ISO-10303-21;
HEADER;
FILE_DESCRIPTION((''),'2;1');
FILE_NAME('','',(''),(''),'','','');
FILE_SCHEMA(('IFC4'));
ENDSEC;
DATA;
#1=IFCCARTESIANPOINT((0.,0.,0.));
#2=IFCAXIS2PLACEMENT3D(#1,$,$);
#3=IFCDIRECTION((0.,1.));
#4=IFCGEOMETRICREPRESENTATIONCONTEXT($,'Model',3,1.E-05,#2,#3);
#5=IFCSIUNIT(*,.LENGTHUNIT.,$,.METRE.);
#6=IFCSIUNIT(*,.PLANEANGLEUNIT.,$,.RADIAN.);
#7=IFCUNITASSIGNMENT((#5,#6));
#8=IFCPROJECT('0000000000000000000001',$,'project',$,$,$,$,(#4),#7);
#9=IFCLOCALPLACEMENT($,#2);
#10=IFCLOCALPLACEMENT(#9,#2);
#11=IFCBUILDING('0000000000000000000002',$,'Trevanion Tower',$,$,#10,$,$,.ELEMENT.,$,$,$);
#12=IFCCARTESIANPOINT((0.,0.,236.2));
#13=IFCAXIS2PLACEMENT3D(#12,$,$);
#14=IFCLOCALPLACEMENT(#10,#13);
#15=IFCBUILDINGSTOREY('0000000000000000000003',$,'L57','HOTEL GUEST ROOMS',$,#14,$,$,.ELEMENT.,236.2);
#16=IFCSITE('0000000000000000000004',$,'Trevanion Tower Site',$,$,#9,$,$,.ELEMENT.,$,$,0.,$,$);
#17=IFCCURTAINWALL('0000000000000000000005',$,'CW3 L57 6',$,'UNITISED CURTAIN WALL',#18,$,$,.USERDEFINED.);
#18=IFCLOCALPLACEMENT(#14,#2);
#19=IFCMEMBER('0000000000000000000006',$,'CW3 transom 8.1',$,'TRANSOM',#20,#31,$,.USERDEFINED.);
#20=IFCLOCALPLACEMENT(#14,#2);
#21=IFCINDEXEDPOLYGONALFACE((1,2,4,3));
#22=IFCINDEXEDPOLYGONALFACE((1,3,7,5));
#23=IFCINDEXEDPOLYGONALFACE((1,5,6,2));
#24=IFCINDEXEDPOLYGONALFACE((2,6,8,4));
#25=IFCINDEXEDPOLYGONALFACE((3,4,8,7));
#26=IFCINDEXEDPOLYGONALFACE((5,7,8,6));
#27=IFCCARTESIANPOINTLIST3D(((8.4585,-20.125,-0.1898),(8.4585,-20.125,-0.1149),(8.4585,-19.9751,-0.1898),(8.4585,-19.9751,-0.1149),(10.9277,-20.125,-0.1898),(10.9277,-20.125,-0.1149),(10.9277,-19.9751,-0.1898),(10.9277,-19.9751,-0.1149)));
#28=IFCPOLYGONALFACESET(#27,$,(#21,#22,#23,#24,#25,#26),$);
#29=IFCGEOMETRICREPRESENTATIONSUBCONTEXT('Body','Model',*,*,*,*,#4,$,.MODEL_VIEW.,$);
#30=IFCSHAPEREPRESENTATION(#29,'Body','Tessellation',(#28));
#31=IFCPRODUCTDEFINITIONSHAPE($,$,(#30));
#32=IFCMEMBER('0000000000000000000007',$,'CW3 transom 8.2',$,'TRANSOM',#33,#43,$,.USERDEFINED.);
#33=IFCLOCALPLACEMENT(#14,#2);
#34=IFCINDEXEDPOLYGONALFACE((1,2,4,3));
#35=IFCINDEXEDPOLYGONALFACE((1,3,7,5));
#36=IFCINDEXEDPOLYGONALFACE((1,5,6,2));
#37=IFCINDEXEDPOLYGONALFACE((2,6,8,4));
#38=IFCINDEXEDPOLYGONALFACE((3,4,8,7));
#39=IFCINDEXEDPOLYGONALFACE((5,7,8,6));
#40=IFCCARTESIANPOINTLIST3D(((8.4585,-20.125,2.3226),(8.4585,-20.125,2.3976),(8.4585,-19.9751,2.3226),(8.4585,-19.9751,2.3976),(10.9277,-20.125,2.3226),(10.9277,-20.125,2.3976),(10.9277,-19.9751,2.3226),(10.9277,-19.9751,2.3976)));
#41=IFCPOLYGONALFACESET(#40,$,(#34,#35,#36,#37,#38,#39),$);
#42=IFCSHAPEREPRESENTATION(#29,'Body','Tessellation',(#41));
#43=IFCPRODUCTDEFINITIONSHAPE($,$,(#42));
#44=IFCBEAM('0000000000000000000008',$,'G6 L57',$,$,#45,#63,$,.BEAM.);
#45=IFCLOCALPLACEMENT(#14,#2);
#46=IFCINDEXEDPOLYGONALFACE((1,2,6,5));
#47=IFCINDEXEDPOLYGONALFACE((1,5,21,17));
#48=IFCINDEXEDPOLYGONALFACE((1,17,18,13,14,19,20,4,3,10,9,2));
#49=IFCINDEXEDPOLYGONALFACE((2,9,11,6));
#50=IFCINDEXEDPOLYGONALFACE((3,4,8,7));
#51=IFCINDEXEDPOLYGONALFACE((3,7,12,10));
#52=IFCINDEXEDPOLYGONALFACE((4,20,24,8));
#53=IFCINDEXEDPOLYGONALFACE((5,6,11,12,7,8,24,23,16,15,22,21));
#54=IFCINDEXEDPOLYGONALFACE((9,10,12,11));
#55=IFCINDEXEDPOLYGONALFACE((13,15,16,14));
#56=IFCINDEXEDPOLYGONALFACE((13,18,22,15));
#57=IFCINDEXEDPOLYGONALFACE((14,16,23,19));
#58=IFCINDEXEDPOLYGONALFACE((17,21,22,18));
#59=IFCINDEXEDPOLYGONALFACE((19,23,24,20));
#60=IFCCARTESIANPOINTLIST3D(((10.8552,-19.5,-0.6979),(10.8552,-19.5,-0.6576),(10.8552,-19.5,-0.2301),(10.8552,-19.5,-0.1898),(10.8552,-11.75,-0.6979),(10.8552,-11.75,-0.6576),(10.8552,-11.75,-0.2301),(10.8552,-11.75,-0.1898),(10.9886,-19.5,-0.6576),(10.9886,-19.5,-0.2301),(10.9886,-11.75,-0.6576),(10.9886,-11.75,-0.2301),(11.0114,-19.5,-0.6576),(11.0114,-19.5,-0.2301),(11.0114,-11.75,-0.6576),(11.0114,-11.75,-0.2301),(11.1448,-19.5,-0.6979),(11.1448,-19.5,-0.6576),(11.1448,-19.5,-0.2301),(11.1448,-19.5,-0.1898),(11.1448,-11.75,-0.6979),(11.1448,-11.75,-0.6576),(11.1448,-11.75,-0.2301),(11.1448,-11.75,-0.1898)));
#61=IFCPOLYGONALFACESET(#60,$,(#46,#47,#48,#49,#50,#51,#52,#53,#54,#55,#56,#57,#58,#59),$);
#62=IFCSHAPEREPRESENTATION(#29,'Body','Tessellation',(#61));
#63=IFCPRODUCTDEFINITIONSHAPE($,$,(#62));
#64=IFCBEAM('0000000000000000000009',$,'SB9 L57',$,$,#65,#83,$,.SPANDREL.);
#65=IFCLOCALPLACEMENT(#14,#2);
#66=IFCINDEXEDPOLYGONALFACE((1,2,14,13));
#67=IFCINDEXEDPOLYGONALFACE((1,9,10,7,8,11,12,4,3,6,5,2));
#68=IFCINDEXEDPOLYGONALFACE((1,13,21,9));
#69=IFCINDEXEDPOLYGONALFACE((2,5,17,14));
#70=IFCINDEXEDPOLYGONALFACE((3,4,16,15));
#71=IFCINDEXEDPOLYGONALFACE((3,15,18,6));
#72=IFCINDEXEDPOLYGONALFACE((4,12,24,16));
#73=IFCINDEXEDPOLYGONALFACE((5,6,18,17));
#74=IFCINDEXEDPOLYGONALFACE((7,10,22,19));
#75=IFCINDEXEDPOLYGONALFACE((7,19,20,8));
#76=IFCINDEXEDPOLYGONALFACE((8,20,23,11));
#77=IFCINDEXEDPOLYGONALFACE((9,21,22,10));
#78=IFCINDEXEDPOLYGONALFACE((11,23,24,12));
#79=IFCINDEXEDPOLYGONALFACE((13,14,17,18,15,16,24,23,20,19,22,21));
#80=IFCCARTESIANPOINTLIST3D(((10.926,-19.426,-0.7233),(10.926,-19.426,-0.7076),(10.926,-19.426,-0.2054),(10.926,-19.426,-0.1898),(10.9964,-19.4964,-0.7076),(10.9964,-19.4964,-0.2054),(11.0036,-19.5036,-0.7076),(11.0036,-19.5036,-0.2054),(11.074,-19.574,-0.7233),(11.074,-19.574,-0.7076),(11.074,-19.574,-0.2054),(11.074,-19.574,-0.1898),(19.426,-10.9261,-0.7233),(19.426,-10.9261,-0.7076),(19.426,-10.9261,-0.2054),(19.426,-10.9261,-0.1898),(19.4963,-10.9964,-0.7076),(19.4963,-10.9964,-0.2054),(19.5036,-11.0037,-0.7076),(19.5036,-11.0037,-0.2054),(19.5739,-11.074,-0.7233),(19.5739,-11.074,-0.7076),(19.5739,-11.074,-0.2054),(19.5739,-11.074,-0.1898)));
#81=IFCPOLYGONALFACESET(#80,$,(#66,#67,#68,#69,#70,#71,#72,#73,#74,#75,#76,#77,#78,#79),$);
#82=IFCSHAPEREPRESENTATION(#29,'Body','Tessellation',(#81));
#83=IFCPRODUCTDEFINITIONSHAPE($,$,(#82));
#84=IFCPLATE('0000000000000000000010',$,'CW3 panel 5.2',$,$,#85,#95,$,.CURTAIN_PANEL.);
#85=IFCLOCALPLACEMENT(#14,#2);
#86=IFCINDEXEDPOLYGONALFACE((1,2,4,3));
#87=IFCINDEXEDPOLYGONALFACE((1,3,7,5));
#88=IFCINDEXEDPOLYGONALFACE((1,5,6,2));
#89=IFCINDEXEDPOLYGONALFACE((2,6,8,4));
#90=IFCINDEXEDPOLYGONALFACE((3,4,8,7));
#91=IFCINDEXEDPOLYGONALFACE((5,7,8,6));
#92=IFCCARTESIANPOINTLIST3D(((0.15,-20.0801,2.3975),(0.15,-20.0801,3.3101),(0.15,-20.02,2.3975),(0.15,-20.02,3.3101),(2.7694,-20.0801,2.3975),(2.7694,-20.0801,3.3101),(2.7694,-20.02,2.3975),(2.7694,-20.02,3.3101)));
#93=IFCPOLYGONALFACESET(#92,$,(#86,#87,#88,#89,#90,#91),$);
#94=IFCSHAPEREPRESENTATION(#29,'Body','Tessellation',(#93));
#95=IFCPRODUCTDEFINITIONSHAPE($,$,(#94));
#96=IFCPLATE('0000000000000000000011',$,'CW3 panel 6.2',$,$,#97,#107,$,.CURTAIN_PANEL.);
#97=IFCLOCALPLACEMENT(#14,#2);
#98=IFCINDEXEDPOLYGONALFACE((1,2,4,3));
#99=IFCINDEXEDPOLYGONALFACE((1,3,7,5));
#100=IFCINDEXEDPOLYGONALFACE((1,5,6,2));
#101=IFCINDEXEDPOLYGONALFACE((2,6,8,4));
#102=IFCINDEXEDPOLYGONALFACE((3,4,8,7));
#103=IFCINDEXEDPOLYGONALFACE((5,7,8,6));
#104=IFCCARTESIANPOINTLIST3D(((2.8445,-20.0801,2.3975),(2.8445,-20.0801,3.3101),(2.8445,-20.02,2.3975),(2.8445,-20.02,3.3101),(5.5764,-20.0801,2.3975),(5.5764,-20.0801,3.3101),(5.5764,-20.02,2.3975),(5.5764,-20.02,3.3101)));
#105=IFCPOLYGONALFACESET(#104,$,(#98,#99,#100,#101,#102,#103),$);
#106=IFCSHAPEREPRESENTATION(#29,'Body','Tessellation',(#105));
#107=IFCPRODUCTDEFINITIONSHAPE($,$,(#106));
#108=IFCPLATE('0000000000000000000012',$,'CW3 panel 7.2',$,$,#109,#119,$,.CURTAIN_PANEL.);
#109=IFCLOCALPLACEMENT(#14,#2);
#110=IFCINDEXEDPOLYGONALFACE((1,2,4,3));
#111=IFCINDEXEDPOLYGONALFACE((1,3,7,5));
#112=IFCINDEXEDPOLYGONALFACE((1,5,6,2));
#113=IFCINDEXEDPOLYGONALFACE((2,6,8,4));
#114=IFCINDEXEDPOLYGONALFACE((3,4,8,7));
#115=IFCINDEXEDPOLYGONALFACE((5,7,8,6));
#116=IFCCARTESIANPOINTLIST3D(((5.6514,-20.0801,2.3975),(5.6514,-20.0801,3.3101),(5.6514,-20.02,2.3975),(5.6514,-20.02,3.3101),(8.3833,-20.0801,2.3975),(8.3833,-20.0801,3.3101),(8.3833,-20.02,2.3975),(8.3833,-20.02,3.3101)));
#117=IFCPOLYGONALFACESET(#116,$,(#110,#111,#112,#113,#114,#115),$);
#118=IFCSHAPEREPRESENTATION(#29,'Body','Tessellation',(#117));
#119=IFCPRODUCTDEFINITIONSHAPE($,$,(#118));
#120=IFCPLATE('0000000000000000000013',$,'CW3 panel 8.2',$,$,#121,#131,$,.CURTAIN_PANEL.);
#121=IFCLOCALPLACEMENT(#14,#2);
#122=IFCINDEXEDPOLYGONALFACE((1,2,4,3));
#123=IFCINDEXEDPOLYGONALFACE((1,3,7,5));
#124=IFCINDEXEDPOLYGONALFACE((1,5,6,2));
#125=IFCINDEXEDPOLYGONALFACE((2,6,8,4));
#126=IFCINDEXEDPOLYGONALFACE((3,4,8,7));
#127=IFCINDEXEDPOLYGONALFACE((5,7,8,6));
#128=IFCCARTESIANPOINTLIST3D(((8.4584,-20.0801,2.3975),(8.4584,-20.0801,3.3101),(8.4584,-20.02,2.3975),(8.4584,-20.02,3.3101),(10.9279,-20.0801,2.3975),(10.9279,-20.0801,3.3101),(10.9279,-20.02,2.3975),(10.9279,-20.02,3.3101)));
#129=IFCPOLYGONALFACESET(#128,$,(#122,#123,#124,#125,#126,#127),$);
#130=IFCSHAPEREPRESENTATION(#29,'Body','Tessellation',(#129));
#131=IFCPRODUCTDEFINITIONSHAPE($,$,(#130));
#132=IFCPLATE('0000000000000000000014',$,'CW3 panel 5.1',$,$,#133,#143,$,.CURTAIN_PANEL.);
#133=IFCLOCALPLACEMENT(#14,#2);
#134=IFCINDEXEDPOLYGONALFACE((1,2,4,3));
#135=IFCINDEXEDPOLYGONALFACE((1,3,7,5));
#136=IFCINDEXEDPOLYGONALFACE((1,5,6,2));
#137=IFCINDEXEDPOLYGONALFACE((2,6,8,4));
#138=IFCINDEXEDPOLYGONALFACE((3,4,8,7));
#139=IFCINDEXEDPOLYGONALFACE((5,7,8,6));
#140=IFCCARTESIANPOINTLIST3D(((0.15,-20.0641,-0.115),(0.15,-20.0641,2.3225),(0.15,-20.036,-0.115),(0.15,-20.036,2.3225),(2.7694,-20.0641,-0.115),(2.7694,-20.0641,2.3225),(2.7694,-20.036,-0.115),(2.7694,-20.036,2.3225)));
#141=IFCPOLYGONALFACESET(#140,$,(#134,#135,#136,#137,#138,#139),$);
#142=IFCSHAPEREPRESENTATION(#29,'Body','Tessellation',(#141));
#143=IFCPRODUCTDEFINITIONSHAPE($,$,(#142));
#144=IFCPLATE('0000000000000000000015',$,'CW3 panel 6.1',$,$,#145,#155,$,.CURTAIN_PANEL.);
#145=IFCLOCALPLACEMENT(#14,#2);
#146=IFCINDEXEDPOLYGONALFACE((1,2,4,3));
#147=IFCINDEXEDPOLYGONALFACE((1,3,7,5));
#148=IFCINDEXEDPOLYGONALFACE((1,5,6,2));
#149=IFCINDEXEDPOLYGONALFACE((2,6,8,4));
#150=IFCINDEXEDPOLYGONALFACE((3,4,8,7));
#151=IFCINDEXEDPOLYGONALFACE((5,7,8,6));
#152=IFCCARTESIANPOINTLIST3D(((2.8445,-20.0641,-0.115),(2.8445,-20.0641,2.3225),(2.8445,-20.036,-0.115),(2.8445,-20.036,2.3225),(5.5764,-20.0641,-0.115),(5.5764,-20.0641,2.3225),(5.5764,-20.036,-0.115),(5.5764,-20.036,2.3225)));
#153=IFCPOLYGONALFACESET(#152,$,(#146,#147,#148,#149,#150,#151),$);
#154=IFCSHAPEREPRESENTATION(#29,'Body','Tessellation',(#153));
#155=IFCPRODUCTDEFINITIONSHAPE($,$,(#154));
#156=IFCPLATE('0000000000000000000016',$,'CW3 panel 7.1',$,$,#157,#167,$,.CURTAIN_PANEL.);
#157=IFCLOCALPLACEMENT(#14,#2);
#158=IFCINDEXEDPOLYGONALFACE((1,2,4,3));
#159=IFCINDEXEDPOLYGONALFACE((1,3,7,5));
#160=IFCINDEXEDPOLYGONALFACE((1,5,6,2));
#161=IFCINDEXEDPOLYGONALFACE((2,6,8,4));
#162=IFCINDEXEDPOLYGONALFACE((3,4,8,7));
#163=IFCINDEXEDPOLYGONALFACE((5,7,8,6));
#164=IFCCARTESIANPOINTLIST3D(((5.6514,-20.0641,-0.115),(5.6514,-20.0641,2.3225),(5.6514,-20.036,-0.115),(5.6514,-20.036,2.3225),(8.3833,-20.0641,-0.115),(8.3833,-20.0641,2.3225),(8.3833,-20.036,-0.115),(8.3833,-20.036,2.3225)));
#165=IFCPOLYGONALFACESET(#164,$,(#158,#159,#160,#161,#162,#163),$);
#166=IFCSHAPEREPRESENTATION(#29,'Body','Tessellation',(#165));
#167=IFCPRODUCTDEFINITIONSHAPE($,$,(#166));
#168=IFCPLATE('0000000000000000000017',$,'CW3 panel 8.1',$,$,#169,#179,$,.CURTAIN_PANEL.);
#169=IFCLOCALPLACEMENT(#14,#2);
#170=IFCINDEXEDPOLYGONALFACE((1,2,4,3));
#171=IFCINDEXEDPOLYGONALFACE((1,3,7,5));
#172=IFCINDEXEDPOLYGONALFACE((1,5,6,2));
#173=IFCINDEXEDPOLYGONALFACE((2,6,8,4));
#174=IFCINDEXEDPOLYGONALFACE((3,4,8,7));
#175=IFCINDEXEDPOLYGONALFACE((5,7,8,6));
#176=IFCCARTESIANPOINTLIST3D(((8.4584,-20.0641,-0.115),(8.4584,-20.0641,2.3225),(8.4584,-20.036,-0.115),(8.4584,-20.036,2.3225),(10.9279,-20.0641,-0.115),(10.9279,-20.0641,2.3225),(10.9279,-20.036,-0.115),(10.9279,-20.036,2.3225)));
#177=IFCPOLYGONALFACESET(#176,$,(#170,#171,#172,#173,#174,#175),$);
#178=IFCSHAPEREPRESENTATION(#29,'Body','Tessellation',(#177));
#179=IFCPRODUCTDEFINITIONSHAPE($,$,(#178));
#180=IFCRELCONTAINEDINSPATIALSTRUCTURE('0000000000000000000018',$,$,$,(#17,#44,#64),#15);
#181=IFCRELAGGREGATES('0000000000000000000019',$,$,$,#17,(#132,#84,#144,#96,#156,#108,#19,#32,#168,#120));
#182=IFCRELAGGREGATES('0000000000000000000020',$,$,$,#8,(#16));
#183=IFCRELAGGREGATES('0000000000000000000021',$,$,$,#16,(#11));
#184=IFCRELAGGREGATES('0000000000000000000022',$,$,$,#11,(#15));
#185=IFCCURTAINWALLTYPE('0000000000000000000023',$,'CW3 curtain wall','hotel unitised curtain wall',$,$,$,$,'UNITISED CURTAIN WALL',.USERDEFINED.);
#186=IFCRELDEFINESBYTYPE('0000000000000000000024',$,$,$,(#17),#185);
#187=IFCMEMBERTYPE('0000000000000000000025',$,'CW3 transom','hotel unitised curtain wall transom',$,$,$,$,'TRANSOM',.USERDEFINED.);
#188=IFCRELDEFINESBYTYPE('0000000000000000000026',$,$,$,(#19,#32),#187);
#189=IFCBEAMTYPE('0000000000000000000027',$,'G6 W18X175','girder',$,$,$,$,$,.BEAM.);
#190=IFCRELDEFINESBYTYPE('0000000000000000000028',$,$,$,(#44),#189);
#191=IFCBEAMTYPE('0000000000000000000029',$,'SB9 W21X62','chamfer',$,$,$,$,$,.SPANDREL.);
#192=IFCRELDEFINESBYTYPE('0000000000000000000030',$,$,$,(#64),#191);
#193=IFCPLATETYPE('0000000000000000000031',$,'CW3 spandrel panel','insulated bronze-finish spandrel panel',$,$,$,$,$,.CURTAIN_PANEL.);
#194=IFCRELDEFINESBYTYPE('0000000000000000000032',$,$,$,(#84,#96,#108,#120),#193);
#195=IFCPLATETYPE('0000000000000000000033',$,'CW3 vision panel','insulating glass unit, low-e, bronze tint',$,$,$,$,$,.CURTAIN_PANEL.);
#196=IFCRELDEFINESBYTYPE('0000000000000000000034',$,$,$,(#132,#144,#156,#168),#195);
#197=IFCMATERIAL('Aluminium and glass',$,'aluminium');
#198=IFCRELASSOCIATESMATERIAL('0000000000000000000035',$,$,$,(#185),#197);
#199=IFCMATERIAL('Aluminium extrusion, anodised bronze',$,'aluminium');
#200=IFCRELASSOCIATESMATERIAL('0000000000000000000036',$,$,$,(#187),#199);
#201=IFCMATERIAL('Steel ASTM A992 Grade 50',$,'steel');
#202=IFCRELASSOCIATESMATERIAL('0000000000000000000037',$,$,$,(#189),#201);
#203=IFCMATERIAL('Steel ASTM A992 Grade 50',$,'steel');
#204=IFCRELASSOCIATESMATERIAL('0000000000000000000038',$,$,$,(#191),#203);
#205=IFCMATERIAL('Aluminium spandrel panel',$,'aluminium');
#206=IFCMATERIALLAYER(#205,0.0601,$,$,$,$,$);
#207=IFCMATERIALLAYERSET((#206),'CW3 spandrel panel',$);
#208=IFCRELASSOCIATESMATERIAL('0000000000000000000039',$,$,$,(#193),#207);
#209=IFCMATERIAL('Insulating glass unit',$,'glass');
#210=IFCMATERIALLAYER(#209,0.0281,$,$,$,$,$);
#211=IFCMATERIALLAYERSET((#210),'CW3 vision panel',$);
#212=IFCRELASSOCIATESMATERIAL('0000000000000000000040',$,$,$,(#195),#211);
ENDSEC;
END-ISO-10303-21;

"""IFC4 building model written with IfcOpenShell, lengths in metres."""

from ifc_helpers import new_model, si_unit, direction, frame, origin, origin_2d, place, context, subcontext, project, spatial, rectangle, i_section, extrude, material, layer, layer_set, material_profile, profile_set, type_object, element, aggregate, save


model = new_model("IFC4")

# Units and contexts
model_context = context("Model", 3, precision=1e-05, world=origin(), true_north=direction((0.0, 1.0)))
body_context = subcontext(model_context, "Body", "Model", "MODEL_VIEW")
ifc_project = project(units=[si_unit("LENGTHUNIT", "METRE"), si_unit("PLANEANGLEUNIT", "RADIAN")], contexts=[model_context])

# Site, building, storey
site_placement = place(None, origin())
site = spatial("IfcSite", under=ifc_project, at=site_placement, Name="Trevanion Tower Site", CompositionType="ELEMENT", RefElevation=0.0)
building_placement = place(site_placement, origin())
building = spatial("IfcBuilding", under=site, at=building_placement, Name="Trevanion Tower", CompositionType="ELEMENT")
storey_placement = place(building_placement, frame((0.0, 0.0, 236.2)))
storey = spatial("IfcBuildingStorey", under=building, at=storey_placement, Name="L57", Description="HOTEL GUEST ROOMS", CompositionType="ELEMENT", Elevation=236.2)

# Curtain wall, members
ifc_material_1 = material(Name="Aluminium and glass", Category="aluminium")
curtain_wall_type = type_object("IfcCurtainWallType", Name="CW3 curtain wall", Description="hotel unitised curtain wall", ElementType="UNITISED CURTAIN WALL", PredefinedType="USERDEFINED", material=ifc_material_1)
curtain_wall_placement = place(storey_placement, origin())
curtain_wall = element("IfcCurtainWall", 1, at=curtain_wall_placement, inside=storey, type_object=curtain_wall_type, Name="CW3 L57 6", ObjectType="UNITISED CURTAIN WALL", PredefinedType="USERDEFINED")
ifc_material_2 = material(Name="Aluminium extrusion, anodised bronze", Category="aluminium")
ifc_material_profile_1 = material_profile(ifc_material_2, rectangle(XDim=0.1499, YDim=0.075, at=origin_2d()), Name="CW3 transom")
ifc_profile_set_1 = profile_set([ifc_material_profile_1], Name="Aluminium extrusion, anodised bronze")
member_type_1 = type_object("IfcMemberType", Name="CW3 transom", Description="hotel unitised curtain wall transom", ElementType="TRANSOM", PredefinedType="USERDEFINED", material=ifc_profile_set_1)
member_1_placement = place(storey_placement, frame((8.4585, -20.05, -0.1523), z_axis=(1.0, 0.0, 0.0), x_axis=(0.0, 1.0, 0.0)))
member_1 = element("IfcMember", 2, at=member_1_placement, type_object=member_type_1, Name="CW3 transom 8.1", ObjectType="TRANSOM", PredefinedType="USERDEFINED", context=body_context, shape_type="SweptSolid", body=[
    extrude(rectangle(XDim=0.1499, YDim=0.075, at=origin_2d()), origin(), (0.0, 0.0, 1.0), 2.4692),
])
member_2_placement = place(storey_placement, frame((8.4585, -20.05, 2.3601), z_axis=(1.0, 0.0, 0.0), x_axis=(0.0, 1.0, 0.0)))
member_2 = element("IfcMember", 3, at=member_2_placement, type_object=member_type_1, Name="CW3 transom 8.2", ObjectType="TRANSOM", PredefinedType="USERDEFINED", context=body_context, shape_type="SweptSolid", body=[
    extrude(rectangle(XDim=0.1499, YDim=0.075, at=origin_2d()), origin(), (0.0, 0.0, 1.0), 2.4692),
])

# Beams
ifc_material_3 = material(Name="Steel ASTM A992 Grade 50", Category="steel")
ifc_material_profile_2 = material_profile(ifc_material_3, i_section(OverallWidth=0.2896, OverallDepth=0.5081, WebThickness=0.0227, FlangeThickness=0.0403, at=origin_2d()), Name="W18X175")
ifc_profile_set_2 = profile_set([ifc_material_profile_2], Name="Steel ASTM A992 Grade 50")
beam_type_1 = type_object("IfcBeamType", Name="G6 W18X175", Description="girder", PredefinedType="BEAM", material=ifc_profile_set_2)
beam_1_placement = place(storey_placement, frame((11.0, -11.75, -0.4438), z_axis=(0.0, -1.0, 0.0), x_axis=(1.0, 0.0, 0.0)))
element("IfcBeam", 4, at=beam_1_placement, inside=storey, type_object=beam_type_1, Name="G6 L57", PredefinedType="BEAM", context=body_context, shape_type="SweptSolid", body=[
    extrude(i_section(OverallWidth=0.2896, OverallDepth=0.5081, WebThickness=0.0227, FlangeThickness=0.0403, at=origin_2d()), origin(), (0.0, 0.0, 1.0), 7.75),
])
ifc_material_4 = material(Name="Steel ASTM A992 Grade 50", Category="steel")
ifc_material_profile_3 = material_profile(ifc_material_4, i_section(OverallWidth=0.2092, OverallDepth=0.5334, WebThickness=0.0103, FlangeThickness=0.0156, at=origin_2d()), Name="W21X62")
ifc_profile_set_3 = profile_set([ifc_material_profile_3], Name="Steel ASTM A992 Grade 50")
beam_type_2 = type_object("IfcBeamType", Name="SB9 W21X62", Description="chamfer", PredefinedType="SPANDREL", material=ifc_profile_set_3)
beam_2_placement = place(storey_placement, frame((11.0, -19.5, -0.4565), z_axis=(0.707107, 0.707107, 0.0), x_axis=(-0.707107, 0.707107, 0.0)))
element("IfcBeam", 5, at=beam_2_placement, inside=storey, type_object=beam_type_2, Name="SB9 L57", PredefinedType="SPANDREL", context=body_context, shape_type="SweptSolid", body=[
    extrude(i_section(OverallWidth=0.2092, OverallDepth=0.5334, WebThickness=0.0103, FlangeThickness=0.0156, at=origin_2d()), origin(), (0.0, 0.0, 1.0), 12.0208),
])

# Plates
ifc_material_5 = material(Name="Aluminium spandrel panel", Category="aluminium")
ifc_layer_1 = layer(ifc_material_5, 0.0601)
ifc_layer_set_1 = layer_set([ifc_layer_1], Name="CW3 spandrel panel")
plate_type_1 = type_object("IfcPlateType", Name="CW3 spandrel panel", Description="insulated bronze-finish spandrel panel", PredefinedType="CURTAIN_PANEL", material=ifc_layer_set_1)
plate_1_placement = place(storey_placement, frame((1.4597, -20.05, 2.3975), z_axis=(0.0, 0.0, 1.0), x_axis=(1.0, 0.0, 0.0)))
plate_1 = element("IfcPlate", 6, at=plate_1_placement, type_object=plate_type_1, Name="CW3 panel 5.2", PredefinedType="CURTAIN_PANEL", context=body_context, shape_type="SweptSolid", body=[
    extrude(rectangle(XDim=2.6194, YDim=0.0601, at=origin_2d()), origin(), (0.0, 0.0, 1.0), 0.9126),
])
plate_2_placement = place(storey_placement, frame((4.2104, -20.05, 2.3975), z_axis=(0.0, 0.0, 1.0), x_axis=(1.0, 0.0, 0.0)))
plate_2 = element("IfcPlate", 7, at=plate_2_placement, type_object=plate_type_1, Name="CW3 panel 6.2", PredefinedType="CURTAIN_PANEL", context=body_context, shape_type="SweptSolid", body=[
    extrude(rectangle(XDim=2.7319, YDim=0.0601, at=origin_2d()), origin(), (0.0, 0.0, 1.0), 0.9126),
])
plate_3_placement = place(storey_placement, frame((7.0173, -20.05, 2.3975), z_axis=(0.0, 0.0, 1.0), x_axis=(1.0, 0.0, 0.0)))
plate_3 = element("IfcPlate", 8, at=plate_3_placement, type_object=plate_type_1, Name="CW3 panel 7.2", PredefinedType="CURTAIN_PANEL", context=body_context, shape_type="SweptSolid", body=[
    extrude(rectangle(XDim=2.7319, YDim=0.0601, at=origin_2d()), origin(), (0.0, 0.0, 1.0), 0.9126),
])
plate_4_placement = place(storey_placement, frame((9.6931, -20.05, 2.3975), z_axis=(0.0, 0.0, 1.0), x_axis=(1.0, 0.0, 0.0)))
plate_4 = element("IfcPlate", 9, at=plate_4_placement, type_object=plate_type_1, Name="CW3 panel 8.2", PredefinedType="CURTAIN_PANEL", context=body_context, shape_type="SweptSolid", body=[
    extrude(rectangle(XDim=2.4695, YDim=0.0601, at=origin_2d()), origin(), (0.0, 0.0, 1.0), 0.9126),
])
ifc_material_6 = material(Name="Insulating glass unit", Category="glass")
ifc_layer_2 = layer(ifc_material_6, 0.0281)
ifc_layer_set_2 = layer_set([ifc_layer_2], Name="CW3 vision panel")
plate_type_2 = type_object("IfcPlateType", Name="CW3 vision panel", Description="insulating glass unit, low-e, bronze tint", PredefinedType="CURTAIN_PANEL", material=ifc_layer_set_2)
plate_5_placement = place(storey_placement, frame((1.4597, -20.05, -0.115), z_axis=(0.0, 0.0, 1.0), x_axis=(1.0, 0.0, 0.0)))
plate_5 = element("IfcPlate", 10, at=plate_5_placement, type_object=plate_type_2, Name="CW3 panel 5.1", PredefinedType="CURTAIN_PANEL", context=body_context, shape_type="SweptSolid", body=[
    extrude(rectangle(XDim=2.6194, YDim=0.0281, at=origin_2d()), origin(), (0.0, 0.0, 1.0), 2.4375),
])
plate_6_placement = place(storey_placement, frame((4.2104, -20.05, -0.115), z_axis=(0.0, 0.0, 1.0), x_axis=(1.0, 0.0, 0.0)))
plate_6 = element("IfcPlate", 11, at=plate_6_placement, type_object=plate_type_2, Name="CW3 panel 6.1", PredefinedType="CURTAIN_PANEL", context=body_context, shape_type="SweptSolid", body=[
    extrude(rectangle(XDim=2.7319, YDim=0.0281, at=origin_2d()), origin(), (0.0, 0.0, 1.0), 2.4375),
])
plate_7_placement = place(storey_placement, frame((7.0173, -20.05, -0.115), z_axis=(0.0, 0.0, 1.0), x_axis=(1.0, 0.0, 0.0)))
plate_7 = element("IfcPlate", 12, at=plate_7_placement, type_object=plate_type_2, Name="CW3 panel 7.1", PredefinedType="CURTAIN_PANEL", context=body_context, shape_type="SweptSolid", body=[
    extrude(rectangle(XDim=2.7319, YDim=0.0281, at=origin_2d()), origin(), (0.0, 0.0, 1.0), 2.4375),
])
plate_8_placement = place(storey_placement, frame((9.6931, -20.05, -0.115), z_axis=(0.0, 0.0, 1.0), x_axis=(1.0, 0.0, 0.0)))
plate_8 = element("IfcPlate", 13, at=plate_8_placement, type_object=plate_type_2, Name="CW3 panel 8.1", PredefinedType="CURTAIN_PANEL", context=body_context, shape_type="SweptSolid", body=[
    extrude(rectangle(XDim=2.4695, YDim=0.0281, at=origin_2d()), origin(), (0.0, 0.0, 1.0), 2.4375),
])
aggregate(curtain_wall, [plate_5, plate_1, plate_6, plate_2, plate_7, plate_3, member_1, member_2, plate_8, plate_4])

save(model, "model.ifc")
